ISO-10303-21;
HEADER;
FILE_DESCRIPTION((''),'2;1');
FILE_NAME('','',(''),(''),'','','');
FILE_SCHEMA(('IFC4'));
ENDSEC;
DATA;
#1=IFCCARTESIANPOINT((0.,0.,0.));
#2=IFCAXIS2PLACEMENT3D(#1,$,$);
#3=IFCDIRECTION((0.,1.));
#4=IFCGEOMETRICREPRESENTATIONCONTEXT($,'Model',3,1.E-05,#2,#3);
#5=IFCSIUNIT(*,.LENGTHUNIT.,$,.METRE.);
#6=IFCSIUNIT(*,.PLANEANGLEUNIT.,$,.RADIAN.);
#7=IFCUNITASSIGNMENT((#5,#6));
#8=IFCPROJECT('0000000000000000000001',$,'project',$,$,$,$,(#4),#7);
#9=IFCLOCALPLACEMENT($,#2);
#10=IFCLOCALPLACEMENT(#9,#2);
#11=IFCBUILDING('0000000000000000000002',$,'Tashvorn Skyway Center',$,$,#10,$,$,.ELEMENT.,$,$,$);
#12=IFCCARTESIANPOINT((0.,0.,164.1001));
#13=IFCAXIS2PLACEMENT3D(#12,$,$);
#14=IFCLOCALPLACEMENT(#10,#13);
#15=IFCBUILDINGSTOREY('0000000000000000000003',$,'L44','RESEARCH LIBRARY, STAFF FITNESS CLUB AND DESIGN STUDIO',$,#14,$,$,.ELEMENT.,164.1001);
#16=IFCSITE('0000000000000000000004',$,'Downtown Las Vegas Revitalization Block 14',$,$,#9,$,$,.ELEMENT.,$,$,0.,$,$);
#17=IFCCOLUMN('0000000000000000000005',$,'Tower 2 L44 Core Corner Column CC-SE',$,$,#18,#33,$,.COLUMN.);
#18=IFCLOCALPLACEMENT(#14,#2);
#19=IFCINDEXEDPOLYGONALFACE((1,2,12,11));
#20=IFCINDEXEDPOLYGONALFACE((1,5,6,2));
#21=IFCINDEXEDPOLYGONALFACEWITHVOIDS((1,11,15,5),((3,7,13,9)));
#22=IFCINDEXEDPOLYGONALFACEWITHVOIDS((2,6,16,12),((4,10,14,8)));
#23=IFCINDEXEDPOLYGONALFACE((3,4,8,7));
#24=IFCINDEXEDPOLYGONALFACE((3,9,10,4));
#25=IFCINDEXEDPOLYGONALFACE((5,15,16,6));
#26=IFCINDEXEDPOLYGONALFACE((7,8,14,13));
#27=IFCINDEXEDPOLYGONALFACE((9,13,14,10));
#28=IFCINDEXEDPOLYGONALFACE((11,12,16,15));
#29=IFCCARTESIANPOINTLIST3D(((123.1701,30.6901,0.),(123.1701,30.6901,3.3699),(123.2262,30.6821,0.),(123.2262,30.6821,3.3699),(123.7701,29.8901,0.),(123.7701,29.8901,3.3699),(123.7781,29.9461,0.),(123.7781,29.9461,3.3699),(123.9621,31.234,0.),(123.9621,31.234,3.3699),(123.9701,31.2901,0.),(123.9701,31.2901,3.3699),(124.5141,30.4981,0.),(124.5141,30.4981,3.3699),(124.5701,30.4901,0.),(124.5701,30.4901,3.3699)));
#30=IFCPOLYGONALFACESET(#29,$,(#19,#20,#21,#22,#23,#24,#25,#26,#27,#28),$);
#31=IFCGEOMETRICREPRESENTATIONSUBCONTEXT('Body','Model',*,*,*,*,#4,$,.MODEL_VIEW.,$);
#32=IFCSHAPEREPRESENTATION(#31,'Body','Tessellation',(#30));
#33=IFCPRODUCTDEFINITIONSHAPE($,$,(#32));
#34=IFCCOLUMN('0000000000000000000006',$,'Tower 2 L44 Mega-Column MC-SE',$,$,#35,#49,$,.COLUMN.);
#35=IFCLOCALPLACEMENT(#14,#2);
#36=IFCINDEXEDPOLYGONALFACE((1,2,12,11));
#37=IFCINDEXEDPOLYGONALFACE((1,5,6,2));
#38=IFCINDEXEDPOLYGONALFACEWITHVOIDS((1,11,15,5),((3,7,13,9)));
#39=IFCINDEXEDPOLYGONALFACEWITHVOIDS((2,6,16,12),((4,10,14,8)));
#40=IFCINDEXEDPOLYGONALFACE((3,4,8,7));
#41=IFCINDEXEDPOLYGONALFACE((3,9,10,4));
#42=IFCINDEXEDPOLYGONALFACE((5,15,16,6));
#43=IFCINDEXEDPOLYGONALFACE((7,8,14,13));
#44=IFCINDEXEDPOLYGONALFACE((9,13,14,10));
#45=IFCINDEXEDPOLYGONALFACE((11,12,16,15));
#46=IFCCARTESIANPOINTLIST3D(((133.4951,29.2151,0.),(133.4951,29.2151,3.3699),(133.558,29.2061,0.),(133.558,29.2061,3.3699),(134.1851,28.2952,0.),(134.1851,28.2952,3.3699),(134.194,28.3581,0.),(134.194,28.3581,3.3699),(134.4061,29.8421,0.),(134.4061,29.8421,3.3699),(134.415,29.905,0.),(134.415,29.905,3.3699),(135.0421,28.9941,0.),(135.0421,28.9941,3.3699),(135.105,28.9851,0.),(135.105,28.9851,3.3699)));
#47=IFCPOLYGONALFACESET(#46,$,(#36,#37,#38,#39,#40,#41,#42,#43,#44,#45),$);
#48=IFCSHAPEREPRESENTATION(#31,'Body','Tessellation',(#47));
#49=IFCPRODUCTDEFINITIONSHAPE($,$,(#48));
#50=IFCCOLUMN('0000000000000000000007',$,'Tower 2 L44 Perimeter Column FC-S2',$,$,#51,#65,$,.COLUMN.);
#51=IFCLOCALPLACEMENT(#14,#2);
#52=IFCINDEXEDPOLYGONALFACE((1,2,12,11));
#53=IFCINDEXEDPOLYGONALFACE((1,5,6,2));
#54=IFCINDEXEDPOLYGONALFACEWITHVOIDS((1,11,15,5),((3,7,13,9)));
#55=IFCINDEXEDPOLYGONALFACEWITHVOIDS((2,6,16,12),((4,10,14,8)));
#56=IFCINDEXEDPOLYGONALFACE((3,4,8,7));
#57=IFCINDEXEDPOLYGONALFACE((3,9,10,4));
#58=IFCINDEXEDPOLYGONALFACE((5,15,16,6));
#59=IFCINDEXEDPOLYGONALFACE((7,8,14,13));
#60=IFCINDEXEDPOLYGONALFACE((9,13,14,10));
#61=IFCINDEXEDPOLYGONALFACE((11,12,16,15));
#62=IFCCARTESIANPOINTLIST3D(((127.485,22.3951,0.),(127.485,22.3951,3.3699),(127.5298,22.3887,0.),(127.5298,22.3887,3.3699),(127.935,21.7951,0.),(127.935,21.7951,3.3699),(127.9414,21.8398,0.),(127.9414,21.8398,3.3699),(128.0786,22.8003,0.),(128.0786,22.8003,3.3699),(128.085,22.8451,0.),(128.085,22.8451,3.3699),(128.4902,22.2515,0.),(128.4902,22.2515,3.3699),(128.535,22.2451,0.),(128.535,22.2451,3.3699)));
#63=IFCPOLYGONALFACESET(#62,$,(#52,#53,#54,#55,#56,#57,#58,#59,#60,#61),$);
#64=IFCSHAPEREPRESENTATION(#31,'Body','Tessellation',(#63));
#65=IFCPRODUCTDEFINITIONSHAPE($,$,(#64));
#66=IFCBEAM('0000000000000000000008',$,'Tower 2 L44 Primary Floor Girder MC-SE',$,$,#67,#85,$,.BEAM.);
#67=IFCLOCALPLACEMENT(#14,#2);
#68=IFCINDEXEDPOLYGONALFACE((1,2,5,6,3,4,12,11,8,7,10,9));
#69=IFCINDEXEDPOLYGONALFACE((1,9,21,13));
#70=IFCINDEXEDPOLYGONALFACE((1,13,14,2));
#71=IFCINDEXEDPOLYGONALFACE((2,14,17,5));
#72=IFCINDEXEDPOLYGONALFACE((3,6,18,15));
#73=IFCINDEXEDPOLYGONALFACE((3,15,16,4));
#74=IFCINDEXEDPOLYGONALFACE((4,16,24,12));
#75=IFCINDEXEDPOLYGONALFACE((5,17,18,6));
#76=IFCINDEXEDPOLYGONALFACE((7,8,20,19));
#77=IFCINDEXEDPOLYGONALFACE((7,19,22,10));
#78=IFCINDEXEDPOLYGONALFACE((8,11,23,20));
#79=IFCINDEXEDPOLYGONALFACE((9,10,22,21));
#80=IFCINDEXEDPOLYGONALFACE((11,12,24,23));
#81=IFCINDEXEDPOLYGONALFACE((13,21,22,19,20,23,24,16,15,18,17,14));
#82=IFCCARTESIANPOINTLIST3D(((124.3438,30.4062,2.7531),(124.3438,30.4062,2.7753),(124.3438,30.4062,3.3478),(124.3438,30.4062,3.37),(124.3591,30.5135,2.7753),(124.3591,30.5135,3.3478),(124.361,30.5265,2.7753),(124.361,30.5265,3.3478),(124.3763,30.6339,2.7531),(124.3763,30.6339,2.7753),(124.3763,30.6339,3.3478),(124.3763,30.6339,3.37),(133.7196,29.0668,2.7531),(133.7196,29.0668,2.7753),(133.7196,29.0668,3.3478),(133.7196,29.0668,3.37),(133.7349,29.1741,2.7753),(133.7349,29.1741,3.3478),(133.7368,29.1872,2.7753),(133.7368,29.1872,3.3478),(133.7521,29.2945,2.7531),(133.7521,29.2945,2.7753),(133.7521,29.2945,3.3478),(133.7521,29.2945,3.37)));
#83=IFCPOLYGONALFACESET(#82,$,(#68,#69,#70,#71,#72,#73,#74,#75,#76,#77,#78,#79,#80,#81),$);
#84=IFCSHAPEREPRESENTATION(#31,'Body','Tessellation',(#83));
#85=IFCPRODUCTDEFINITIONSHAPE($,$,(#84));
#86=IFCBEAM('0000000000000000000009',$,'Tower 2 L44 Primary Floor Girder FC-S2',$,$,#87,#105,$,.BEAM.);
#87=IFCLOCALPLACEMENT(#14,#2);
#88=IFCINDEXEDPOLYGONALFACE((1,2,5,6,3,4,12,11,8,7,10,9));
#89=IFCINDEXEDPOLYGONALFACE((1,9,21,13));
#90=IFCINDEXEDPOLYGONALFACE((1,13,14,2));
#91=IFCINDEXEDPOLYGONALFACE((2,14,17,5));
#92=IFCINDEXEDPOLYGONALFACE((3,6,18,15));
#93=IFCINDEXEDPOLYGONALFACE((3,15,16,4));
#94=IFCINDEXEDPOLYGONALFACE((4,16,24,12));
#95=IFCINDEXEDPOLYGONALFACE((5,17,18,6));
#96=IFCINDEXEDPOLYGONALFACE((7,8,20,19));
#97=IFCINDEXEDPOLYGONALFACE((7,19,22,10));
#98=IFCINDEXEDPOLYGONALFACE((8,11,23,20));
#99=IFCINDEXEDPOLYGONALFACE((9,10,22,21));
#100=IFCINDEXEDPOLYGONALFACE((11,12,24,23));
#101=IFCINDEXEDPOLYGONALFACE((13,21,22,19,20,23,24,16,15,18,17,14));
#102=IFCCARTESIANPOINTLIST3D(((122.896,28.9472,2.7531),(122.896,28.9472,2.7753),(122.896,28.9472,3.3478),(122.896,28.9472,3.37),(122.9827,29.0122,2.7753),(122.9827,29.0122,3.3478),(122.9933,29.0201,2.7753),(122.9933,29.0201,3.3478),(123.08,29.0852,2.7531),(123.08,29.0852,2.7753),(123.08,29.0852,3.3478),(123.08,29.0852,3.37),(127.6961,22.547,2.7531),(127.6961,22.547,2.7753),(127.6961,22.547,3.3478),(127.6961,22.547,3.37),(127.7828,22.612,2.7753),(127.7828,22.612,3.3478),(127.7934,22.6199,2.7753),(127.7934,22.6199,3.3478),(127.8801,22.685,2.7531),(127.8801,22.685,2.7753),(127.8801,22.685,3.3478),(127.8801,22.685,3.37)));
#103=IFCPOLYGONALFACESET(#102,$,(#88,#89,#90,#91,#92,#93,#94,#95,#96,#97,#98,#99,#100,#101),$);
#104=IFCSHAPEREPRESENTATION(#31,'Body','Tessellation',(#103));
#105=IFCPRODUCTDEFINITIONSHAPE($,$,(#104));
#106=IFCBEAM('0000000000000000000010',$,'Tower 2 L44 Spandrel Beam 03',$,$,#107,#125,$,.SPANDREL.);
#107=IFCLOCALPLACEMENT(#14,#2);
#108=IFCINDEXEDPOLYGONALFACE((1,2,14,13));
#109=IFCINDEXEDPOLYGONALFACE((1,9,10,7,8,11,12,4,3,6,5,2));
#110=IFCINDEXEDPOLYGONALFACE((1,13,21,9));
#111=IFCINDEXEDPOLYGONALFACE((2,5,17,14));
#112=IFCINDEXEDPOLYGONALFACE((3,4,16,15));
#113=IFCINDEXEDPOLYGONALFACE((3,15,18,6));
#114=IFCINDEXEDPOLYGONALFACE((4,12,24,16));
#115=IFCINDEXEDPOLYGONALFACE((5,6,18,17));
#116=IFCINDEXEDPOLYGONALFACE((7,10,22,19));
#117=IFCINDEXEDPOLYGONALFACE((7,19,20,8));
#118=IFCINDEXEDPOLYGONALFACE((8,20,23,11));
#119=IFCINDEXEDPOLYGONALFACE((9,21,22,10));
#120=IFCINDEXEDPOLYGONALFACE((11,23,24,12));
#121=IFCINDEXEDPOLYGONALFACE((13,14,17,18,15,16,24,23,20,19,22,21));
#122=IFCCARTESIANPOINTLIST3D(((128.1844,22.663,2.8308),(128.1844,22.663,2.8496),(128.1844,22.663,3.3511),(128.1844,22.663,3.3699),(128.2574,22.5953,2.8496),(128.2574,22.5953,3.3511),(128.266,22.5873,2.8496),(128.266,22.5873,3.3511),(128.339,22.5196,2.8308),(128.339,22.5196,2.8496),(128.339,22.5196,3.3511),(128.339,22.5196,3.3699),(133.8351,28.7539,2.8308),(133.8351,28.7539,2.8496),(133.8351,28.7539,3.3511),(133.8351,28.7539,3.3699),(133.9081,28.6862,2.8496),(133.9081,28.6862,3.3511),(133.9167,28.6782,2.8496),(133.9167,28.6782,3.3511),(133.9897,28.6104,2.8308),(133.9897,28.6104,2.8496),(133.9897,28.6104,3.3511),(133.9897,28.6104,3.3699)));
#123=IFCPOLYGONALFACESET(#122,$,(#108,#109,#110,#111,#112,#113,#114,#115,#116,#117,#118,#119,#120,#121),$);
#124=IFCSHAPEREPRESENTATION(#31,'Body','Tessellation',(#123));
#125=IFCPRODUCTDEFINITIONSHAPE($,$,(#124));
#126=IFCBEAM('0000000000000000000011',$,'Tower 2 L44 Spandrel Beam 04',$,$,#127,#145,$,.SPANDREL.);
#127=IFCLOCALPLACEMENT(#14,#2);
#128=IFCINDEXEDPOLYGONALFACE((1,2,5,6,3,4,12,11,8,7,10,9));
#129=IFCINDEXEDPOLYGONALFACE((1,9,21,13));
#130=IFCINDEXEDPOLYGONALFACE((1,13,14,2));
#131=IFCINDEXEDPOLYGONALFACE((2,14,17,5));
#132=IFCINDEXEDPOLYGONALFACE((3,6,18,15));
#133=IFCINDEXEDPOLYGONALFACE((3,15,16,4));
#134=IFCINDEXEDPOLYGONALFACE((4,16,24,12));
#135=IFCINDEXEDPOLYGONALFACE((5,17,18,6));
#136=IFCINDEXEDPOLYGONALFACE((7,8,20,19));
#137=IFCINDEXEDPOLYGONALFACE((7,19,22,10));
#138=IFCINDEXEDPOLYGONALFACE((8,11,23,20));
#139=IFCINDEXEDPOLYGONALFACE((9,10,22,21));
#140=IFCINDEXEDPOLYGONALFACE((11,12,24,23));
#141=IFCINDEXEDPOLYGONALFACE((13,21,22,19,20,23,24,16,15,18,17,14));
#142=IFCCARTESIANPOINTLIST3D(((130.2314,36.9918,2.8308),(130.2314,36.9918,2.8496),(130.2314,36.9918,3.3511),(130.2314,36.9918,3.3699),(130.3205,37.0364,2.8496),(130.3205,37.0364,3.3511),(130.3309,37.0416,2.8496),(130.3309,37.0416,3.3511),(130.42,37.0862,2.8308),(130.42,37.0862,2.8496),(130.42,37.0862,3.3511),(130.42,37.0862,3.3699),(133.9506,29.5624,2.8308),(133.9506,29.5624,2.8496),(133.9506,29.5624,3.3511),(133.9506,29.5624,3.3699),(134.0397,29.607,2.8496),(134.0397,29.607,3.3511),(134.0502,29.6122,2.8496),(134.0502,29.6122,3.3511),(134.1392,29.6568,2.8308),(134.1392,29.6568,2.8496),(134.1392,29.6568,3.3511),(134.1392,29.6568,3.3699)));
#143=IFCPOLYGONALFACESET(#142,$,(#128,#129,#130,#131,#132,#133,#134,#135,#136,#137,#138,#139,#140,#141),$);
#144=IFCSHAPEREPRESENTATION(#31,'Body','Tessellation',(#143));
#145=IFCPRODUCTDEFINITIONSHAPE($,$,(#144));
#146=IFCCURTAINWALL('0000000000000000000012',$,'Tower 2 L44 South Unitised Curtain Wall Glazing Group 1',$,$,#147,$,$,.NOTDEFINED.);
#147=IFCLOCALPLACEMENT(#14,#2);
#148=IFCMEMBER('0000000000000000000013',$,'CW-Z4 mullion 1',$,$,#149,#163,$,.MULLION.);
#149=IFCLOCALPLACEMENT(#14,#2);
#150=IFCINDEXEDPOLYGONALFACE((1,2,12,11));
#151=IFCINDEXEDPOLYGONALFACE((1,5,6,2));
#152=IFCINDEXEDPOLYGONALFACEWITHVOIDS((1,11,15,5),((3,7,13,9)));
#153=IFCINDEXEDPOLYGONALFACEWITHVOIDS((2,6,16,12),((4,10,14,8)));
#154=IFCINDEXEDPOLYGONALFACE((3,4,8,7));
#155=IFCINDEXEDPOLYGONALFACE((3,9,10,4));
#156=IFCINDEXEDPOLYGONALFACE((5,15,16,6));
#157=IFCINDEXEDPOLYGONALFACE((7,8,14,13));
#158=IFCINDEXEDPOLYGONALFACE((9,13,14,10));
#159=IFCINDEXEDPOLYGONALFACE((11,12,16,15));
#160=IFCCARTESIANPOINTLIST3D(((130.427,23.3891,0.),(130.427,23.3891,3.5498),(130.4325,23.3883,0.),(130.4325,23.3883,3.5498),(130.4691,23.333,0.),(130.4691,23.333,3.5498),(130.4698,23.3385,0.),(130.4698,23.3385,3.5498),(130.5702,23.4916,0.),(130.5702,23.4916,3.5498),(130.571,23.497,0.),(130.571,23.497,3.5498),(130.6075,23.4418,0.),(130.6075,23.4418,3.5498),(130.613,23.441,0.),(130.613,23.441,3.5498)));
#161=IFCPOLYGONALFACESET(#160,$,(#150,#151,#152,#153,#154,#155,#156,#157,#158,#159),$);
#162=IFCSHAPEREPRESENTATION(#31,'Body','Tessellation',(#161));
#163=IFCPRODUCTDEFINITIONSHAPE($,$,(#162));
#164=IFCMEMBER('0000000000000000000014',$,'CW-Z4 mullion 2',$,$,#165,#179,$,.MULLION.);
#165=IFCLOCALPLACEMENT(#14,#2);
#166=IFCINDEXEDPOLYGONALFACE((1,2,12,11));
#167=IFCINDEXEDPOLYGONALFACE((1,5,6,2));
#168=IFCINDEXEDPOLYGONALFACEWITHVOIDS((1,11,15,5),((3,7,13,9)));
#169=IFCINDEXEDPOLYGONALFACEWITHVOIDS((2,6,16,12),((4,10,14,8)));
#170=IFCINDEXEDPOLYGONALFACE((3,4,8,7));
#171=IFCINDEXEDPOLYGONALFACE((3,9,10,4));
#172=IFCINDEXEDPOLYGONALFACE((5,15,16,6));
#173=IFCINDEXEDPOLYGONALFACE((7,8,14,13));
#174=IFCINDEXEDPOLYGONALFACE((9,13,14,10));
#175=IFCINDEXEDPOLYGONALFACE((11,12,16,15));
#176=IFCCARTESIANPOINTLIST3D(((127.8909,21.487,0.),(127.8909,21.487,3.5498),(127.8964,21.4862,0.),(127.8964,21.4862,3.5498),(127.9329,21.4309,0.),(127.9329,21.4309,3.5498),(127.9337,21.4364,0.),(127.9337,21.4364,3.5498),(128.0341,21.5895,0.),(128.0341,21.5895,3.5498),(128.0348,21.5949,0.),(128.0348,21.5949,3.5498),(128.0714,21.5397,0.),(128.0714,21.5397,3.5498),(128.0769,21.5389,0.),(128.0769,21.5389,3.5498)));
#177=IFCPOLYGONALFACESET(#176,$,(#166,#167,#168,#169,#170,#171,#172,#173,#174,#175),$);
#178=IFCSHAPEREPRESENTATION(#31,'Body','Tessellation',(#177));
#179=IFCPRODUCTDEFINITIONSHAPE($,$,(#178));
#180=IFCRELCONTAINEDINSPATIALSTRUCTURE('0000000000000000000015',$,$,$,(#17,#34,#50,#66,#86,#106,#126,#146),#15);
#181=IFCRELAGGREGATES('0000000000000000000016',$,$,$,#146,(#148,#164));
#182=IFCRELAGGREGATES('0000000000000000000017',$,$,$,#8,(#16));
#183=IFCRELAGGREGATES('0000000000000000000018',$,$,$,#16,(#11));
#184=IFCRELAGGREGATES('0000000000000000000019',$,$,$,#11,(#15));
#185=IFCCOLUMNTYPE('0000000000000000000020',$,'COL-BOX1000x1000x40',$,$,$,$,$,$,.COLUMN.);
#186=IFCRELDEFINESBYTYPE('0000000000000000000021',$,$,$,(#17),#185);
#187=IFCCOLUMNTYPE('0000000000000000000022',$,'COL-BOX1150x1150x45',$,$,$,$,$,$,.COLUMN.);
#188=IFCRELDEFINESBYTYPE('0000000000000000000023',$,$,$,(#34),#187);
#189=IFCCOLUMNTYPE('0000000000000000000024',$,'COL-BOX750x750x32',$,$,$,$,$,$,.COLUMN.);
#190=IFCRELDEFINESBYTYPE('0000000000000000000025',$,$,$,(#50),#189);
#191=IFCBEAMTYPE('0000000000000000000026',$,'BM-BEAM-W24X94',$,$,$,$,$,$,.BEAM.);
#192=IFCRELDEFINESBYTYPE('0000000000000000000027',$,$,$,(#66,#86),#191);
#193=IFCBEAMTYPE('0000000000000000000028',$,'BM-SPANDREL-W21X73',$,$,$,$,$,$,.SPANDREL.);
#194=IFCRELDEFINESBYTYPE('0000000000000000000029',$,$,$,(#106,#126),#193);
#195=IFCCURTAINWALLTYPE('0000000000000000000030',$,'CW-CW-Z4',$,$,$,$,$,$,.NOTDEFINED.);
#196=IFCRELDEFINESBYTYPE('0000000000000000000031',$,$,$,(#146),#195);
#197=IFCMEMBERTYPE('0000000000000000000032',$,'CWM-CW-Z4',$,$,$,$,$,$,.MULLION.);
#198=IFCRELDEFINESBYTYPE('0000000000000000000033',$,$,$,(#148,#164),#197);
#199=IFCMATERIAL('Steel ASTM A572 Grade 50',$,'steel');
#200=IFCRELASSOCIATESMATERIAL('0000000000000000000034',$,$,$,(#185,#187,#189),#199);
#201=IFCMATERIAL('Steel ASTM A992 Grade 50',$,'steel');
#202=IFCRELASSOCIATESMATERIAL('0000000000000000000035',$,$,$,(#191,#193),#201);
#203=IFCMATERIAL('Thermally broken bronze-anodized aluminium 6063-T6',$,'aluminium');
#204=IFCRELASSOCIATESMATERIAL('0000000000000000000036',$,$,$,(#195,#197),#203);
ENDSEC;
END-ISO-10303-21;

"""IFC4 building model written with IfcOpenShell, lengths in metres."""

from ifc_helpers import new_model, si_unit, direction, frame, origin, origin_2d, place, context, subcontext, project, spatial, hollow_rectangle, i_section, extrude, material, material_profile, profile_set, type_object, element, aggregate, save


model = new_model("IFC4")

# Units and contexts
model_context = context("Model", 3, precision=1e-05, world=origin(), true_north=direction((0.0, 1.0)))
body_context = subcontext(model_context, "Body", "Model", "MODEL_VIEW")
ifc_project = project(units=[si_unit("LENGTHUNIT", "METRE"), si_unit("PLANEANGLEUNIT", "RADIAN")], contexts=[model_context])

# Site, building, storey
site_placement = place(None, origin())
site = spatial("IfcSite", under=ifc_project, at=site_placement, Name="Downtown Las Vegas Revitalization Block 14", CompositionType="ELEMENT", RefElevation=0.0)
building_placement = place(site_placement, origin())
building = spatial("IfcBuilding", under=site, at=building_placement, Name="Tashvorn Skyway Center", CompositionType="ELEMENT")
storey_placement = place(building_placement, frame((0.0, 0.0, 164.1001)))
storey = spatial("IfcBuildingStorey", under=building, at=storey_placement, Name="L44", Description="RESEARCH LIBRARY, STAFF FITNESS CLUB AND DESIGN STUDIO", CompositionType="ELEMENT", Elevation=164.1001)

# Columns
ifc_material_1 = material(Name="Steel ASTM A572 Grade 50", Category="steel")
ifc_material_profile_1 = material_profile(ifc_material_1, hollow_rectangle(XDim=1.0, YDim=1.0, WallThickness=0.04, at=origin_2d()), Name="BOX1000x1000x40")
ifc_profile_set_1 = profile_set([ifc_material_profile_1], Name="Steel ASTM A572 Grade 50")
column_type_1 = type_object("IfcColumnType", Name="COL-BOX1000x1000x40", PredefinedType="COLUMN", material=ifc_profile_set_1)
column_1_placement = place(storey_placement, frame((123.8701, 30.5901, 0.0), z_axis=(0.0, 0.0, 1.0), x_axis=(0.8, 0.6, 0.0)))
element("IfcColumn", 1, at=column_1_placement, inside=storey, type_object=column_type_1, Name="Tower 2 L44 Core Corner Column CC-SE", PredefinedType="COLUMN", context=body_context, shape_type="SweptSolid", body=[
    extrude(hollow_rectangle(XDim=1.0, YDim=1.0, WallThickness=0.04, at=origin_2d()), origin(), (0.0, 0.0, 1.0), 3.3699),
])
ifc_material_profile_2 = material_profile(ifc_material_1, hollow_rectangle(XDim=1.1499, YDim=1.1499, WallThickness=0.0449, at=origin_2d()), Name="BOX1150x1150x45")
ifc_profile_set_2 = profile_set([ifc_material_profile_2], Name="Steel ASTM A572 Grade 50")
column_type_2 = type_object("IfcColumnType", Name="COL-BOX1150x1150x45", PredefinedType="COLUMN", material=ifc_profile_set_2)
column_2_placement = place(storey_placement, frame((134.3, 29.1001, 0.0), z_axis=(0.0, 0.0, 1.0), x_axis=(0.8, 0.6, 0.0)))
element("IfcColumn", 2, at=column_2_placement, inside=storey, type_object=column_type_2, Name="Tower 2 L44 Mega-Column MC-SE", PredefinedType="COLUMN", context=body_context, shape_type="SweptSolid", body=[
    extrude(hollow_rectangle(XDim=1.1499, YDim=1.1499, WallThickness=0.0449, at=origin_2d()), origin(), (0.0, 0.0, 1.0), 3.3699),
])
ifc_material_profile_3 = material_profile(ifc_material_1, hollow_rectangle(XDim=0.75, YDim=0.75, WallThickness=0.032, at=origin_2d()), Name="BOX750x750x32")
ifc_profile_set_3 = profile_set([ifc_material_profile_3], Name="Steel ASTM A572 Grade 50")
column_type_3 = type_object("IfcColumnType", Name="COL-BOX750x750x32", PredefinedType="COLUMN", material=ifc_profile_set_3)
column_3_placement = place(storey_placement, frame((128.01, 22.3201, 0.0), z_axis=(0.0, 0.0, 1.0), x_axis=(0.8, 0.6, 0.0)))
element("IfcColumn", 3, at=column_3_placement, inside=storey, type_object=column_type_3, Name="Tower 2 L44 Perimeter Column FC-S2", PredefinedType="COLUMN", context=body_context, shape_type="SweptSolid", body=[
    extrude(hollow_rectangle(XDim=0.75, YDim=0.75, WallThickness=0.032, at=origin_2d()), origin(), (0.0, 0.0, 1.0), 3.3699),
])

# Beams
ifc_material_2 = material(Name="Steel ASTM A992 Grade 50", Category="steel")
ifc_material_profile_4 = material_profile(ifc_material_2, i_section(OverallWidth=0.23, OverallDepth=0.6169, WebThickness=0.0132, FlangeThickness=0.0222, at=origin_2d()), Name="W24X94")
ifc_profile_set_4 = profile_set([ifc_material_profile_4], Name="Steel ASTM A992 Grade 50")
beam_type_1 = type_object("IfcBeamType", Name="BM-BEAM-W24X94", PredefinedType="BEAM", material=ifc_profile_set_4)
beam_1_placement = place(storey_placement, frame((133.7358, 29.1807, 3.0615), z_axis=(-0.98995, 0.141418, 0.0), x_axis=(-0.141418, -0.98995, 0.0)))
element("IfcBeam", 4, at=beam_1_placement, inside=storey, type_object=beam_type_1, Name="Tower 2 L44 Primary Floor Girder MC-SE", PredefinedType="BEAM", context=body_context, shape_type="SweptSolid", body=[
    extrude(i_section(OverallWidth=0.23, OverallDepth=0.6169, WebThickness=0.0132, FlangeThickness=0.0222, at=origin_2d()), origin(), (0.0, 0.0, 1.0), 9.4709),
])
beam_2_placement = place(storey_placement, frame((127.7881, 22.616, 3.0615), z_axis=(-0.599995, 0.800004, 0.0), x_axis=(-0.800004, -0.599995, 0.0)))
element("IfcBeam", 5, at=beam_2_placement, inside=storey, type_object=beam_type_1, Name="Tower 2 L44 Primary Floor Girder FC-S2", PredefinedType="BEAM", context=body_context, shape_type="SweptSolid", body=[
    extrude(i_section(OverallWidth=0.23, OverallDepth=0.6169, WebThickness=0.0132, FlangeThickness=0.0222, at=origin_2d()), origin(), (0.0, 0.0, 1.0), 8.0002),
])
ifc_material_profile_5 = material_profile(ifc_material_2, i_section(OverallWidth=0.2109, OverallDepth=0.5391, WebThickness=0.0117, FlangeThickness=0.0188, at=origin_2d()), Name="W21X73")
ifc_profile_set_5 = profile_set([ifc_material_profile_5], Name="Steel ASTM A992 Grade 50")
beam_type_2 = type_object("IfcBeamType", Name="BM-SPANDREL-W21X73", PredefinedType="SPANDREL", material=ifc_profile_set_5)
for number, where, z_axis, x_axis, name in (
    (6, (128.2617, 22.5913, 3.1003), (0.68012, 0.733101, 0.0), (-0.733101, 0.68012, 0.0), "Tower 2 L44 Spandrel Beam 03"),
    (7, (134.0449, 29.6096, 3.1003), (-0.447648, 0.89421, 0.0), (-0.89421, -0.447648, 0.0), "Tower 2 L44 Spandrel Beam 04"),
):
    element("IfcBeam", number, at=place(storey_placement, frame(where, z_axis=z_axis, x_axis=x_axis)), inside=storey, type_object=beam_type_2, Name=name, PredefinedType="SPANDREL", context=body_context, shape_type="SweptSolid", body=[
        extrude(i_section(OverallWidth=0.2109, OverallDepth=0.5391, WebThickness=0.0117, FlangeThickness=0.0188, at=origin_2d()), origin(), (0.0, 0.0, 1.0), 8.3083),
    ])

# Curtain wall, members
ifc_material_3 = material(Name="Thermally broken bronze-anodized aluminium 6063-T6", Category="aluminium")
curtain_wall_type = type_object("IfcCurtainWallType", Name="CW-CW-Z4", PredefinedType="NOTDEFINED", material=ifc_material_3)
curtain_wall_1_placement = place(storey_placement, origin())
curtain_wall_1 = element("IfcCurtainWall", 8, at=curtain_wall_1_placement, inside=storey, type_object=curtain_wall_type, Name="Tower 2 L44 South Unitised Curtain Wall Glazing Group 1", PredefinedType="NOTDEFINED")
ifc_material_profile_6 = material_profile(ifc_material_3, hollow_rectangle(XDim=0.0701, YDim=0.1799, WallThickness=0.0039, at=origin_2d()), Name="ALU-MULL-70x180")
ifc_profile_set_6 = profile_set([ifc_material_profile_6], Name="Thermally broken bronze-anodized aluminium 6063-T6")
member_type_1 = type_object("IfcMemberType", Name="CWM-CW-Z4", PredefinedType="MULLION", material=ifc_profile_set_6)
member_1_placement = place(storey_placement, frame((130.52, 23.415, 0.0), z_axis=(0.0, 0.0, 1.0), x_axis=(0.6, -0.8, 0.0)))
member_1 = element("IfcMember", 9, at=member_1_placement, type_object=member_type_1, Name="CW-Z4 mullion 1", PredefinedType="MULLION", context=body_context, shape_type="SweptSolid", body=[
    extrude(hollow_rectangle(XDim=0.0701, YDim=0.1799, WallThickness=0.0039, at=origin_2d()), origin(), (0.0, 0.0, 1.0), 3.5498),
])
member_2_placement = place(storey_placement, frame((127.9839, 21.5129, 0.0), z_axis=(0.0, 0.0, 1.0), x_axis=(0.6, -0.8, 0.0)))
member_2 = element("IfcMember", 10, at=member_2_placement, type_object=member_type_1, Name="CW-Z4 mullion 2", PredefinedType="MULLION", context=body_context, shape_type="SweptSolid", body=[
    extrude(hollow_rectangle(XDim=0.0701, YDim=0.1799, WallThickness=0.0039, at=origin_2d()), origin(), (0.0, 0.0, 1.0), 3.5498),
])

aggregate(curtain_wall_1, [member_1, member_2])

save(model, "model.ifc")
